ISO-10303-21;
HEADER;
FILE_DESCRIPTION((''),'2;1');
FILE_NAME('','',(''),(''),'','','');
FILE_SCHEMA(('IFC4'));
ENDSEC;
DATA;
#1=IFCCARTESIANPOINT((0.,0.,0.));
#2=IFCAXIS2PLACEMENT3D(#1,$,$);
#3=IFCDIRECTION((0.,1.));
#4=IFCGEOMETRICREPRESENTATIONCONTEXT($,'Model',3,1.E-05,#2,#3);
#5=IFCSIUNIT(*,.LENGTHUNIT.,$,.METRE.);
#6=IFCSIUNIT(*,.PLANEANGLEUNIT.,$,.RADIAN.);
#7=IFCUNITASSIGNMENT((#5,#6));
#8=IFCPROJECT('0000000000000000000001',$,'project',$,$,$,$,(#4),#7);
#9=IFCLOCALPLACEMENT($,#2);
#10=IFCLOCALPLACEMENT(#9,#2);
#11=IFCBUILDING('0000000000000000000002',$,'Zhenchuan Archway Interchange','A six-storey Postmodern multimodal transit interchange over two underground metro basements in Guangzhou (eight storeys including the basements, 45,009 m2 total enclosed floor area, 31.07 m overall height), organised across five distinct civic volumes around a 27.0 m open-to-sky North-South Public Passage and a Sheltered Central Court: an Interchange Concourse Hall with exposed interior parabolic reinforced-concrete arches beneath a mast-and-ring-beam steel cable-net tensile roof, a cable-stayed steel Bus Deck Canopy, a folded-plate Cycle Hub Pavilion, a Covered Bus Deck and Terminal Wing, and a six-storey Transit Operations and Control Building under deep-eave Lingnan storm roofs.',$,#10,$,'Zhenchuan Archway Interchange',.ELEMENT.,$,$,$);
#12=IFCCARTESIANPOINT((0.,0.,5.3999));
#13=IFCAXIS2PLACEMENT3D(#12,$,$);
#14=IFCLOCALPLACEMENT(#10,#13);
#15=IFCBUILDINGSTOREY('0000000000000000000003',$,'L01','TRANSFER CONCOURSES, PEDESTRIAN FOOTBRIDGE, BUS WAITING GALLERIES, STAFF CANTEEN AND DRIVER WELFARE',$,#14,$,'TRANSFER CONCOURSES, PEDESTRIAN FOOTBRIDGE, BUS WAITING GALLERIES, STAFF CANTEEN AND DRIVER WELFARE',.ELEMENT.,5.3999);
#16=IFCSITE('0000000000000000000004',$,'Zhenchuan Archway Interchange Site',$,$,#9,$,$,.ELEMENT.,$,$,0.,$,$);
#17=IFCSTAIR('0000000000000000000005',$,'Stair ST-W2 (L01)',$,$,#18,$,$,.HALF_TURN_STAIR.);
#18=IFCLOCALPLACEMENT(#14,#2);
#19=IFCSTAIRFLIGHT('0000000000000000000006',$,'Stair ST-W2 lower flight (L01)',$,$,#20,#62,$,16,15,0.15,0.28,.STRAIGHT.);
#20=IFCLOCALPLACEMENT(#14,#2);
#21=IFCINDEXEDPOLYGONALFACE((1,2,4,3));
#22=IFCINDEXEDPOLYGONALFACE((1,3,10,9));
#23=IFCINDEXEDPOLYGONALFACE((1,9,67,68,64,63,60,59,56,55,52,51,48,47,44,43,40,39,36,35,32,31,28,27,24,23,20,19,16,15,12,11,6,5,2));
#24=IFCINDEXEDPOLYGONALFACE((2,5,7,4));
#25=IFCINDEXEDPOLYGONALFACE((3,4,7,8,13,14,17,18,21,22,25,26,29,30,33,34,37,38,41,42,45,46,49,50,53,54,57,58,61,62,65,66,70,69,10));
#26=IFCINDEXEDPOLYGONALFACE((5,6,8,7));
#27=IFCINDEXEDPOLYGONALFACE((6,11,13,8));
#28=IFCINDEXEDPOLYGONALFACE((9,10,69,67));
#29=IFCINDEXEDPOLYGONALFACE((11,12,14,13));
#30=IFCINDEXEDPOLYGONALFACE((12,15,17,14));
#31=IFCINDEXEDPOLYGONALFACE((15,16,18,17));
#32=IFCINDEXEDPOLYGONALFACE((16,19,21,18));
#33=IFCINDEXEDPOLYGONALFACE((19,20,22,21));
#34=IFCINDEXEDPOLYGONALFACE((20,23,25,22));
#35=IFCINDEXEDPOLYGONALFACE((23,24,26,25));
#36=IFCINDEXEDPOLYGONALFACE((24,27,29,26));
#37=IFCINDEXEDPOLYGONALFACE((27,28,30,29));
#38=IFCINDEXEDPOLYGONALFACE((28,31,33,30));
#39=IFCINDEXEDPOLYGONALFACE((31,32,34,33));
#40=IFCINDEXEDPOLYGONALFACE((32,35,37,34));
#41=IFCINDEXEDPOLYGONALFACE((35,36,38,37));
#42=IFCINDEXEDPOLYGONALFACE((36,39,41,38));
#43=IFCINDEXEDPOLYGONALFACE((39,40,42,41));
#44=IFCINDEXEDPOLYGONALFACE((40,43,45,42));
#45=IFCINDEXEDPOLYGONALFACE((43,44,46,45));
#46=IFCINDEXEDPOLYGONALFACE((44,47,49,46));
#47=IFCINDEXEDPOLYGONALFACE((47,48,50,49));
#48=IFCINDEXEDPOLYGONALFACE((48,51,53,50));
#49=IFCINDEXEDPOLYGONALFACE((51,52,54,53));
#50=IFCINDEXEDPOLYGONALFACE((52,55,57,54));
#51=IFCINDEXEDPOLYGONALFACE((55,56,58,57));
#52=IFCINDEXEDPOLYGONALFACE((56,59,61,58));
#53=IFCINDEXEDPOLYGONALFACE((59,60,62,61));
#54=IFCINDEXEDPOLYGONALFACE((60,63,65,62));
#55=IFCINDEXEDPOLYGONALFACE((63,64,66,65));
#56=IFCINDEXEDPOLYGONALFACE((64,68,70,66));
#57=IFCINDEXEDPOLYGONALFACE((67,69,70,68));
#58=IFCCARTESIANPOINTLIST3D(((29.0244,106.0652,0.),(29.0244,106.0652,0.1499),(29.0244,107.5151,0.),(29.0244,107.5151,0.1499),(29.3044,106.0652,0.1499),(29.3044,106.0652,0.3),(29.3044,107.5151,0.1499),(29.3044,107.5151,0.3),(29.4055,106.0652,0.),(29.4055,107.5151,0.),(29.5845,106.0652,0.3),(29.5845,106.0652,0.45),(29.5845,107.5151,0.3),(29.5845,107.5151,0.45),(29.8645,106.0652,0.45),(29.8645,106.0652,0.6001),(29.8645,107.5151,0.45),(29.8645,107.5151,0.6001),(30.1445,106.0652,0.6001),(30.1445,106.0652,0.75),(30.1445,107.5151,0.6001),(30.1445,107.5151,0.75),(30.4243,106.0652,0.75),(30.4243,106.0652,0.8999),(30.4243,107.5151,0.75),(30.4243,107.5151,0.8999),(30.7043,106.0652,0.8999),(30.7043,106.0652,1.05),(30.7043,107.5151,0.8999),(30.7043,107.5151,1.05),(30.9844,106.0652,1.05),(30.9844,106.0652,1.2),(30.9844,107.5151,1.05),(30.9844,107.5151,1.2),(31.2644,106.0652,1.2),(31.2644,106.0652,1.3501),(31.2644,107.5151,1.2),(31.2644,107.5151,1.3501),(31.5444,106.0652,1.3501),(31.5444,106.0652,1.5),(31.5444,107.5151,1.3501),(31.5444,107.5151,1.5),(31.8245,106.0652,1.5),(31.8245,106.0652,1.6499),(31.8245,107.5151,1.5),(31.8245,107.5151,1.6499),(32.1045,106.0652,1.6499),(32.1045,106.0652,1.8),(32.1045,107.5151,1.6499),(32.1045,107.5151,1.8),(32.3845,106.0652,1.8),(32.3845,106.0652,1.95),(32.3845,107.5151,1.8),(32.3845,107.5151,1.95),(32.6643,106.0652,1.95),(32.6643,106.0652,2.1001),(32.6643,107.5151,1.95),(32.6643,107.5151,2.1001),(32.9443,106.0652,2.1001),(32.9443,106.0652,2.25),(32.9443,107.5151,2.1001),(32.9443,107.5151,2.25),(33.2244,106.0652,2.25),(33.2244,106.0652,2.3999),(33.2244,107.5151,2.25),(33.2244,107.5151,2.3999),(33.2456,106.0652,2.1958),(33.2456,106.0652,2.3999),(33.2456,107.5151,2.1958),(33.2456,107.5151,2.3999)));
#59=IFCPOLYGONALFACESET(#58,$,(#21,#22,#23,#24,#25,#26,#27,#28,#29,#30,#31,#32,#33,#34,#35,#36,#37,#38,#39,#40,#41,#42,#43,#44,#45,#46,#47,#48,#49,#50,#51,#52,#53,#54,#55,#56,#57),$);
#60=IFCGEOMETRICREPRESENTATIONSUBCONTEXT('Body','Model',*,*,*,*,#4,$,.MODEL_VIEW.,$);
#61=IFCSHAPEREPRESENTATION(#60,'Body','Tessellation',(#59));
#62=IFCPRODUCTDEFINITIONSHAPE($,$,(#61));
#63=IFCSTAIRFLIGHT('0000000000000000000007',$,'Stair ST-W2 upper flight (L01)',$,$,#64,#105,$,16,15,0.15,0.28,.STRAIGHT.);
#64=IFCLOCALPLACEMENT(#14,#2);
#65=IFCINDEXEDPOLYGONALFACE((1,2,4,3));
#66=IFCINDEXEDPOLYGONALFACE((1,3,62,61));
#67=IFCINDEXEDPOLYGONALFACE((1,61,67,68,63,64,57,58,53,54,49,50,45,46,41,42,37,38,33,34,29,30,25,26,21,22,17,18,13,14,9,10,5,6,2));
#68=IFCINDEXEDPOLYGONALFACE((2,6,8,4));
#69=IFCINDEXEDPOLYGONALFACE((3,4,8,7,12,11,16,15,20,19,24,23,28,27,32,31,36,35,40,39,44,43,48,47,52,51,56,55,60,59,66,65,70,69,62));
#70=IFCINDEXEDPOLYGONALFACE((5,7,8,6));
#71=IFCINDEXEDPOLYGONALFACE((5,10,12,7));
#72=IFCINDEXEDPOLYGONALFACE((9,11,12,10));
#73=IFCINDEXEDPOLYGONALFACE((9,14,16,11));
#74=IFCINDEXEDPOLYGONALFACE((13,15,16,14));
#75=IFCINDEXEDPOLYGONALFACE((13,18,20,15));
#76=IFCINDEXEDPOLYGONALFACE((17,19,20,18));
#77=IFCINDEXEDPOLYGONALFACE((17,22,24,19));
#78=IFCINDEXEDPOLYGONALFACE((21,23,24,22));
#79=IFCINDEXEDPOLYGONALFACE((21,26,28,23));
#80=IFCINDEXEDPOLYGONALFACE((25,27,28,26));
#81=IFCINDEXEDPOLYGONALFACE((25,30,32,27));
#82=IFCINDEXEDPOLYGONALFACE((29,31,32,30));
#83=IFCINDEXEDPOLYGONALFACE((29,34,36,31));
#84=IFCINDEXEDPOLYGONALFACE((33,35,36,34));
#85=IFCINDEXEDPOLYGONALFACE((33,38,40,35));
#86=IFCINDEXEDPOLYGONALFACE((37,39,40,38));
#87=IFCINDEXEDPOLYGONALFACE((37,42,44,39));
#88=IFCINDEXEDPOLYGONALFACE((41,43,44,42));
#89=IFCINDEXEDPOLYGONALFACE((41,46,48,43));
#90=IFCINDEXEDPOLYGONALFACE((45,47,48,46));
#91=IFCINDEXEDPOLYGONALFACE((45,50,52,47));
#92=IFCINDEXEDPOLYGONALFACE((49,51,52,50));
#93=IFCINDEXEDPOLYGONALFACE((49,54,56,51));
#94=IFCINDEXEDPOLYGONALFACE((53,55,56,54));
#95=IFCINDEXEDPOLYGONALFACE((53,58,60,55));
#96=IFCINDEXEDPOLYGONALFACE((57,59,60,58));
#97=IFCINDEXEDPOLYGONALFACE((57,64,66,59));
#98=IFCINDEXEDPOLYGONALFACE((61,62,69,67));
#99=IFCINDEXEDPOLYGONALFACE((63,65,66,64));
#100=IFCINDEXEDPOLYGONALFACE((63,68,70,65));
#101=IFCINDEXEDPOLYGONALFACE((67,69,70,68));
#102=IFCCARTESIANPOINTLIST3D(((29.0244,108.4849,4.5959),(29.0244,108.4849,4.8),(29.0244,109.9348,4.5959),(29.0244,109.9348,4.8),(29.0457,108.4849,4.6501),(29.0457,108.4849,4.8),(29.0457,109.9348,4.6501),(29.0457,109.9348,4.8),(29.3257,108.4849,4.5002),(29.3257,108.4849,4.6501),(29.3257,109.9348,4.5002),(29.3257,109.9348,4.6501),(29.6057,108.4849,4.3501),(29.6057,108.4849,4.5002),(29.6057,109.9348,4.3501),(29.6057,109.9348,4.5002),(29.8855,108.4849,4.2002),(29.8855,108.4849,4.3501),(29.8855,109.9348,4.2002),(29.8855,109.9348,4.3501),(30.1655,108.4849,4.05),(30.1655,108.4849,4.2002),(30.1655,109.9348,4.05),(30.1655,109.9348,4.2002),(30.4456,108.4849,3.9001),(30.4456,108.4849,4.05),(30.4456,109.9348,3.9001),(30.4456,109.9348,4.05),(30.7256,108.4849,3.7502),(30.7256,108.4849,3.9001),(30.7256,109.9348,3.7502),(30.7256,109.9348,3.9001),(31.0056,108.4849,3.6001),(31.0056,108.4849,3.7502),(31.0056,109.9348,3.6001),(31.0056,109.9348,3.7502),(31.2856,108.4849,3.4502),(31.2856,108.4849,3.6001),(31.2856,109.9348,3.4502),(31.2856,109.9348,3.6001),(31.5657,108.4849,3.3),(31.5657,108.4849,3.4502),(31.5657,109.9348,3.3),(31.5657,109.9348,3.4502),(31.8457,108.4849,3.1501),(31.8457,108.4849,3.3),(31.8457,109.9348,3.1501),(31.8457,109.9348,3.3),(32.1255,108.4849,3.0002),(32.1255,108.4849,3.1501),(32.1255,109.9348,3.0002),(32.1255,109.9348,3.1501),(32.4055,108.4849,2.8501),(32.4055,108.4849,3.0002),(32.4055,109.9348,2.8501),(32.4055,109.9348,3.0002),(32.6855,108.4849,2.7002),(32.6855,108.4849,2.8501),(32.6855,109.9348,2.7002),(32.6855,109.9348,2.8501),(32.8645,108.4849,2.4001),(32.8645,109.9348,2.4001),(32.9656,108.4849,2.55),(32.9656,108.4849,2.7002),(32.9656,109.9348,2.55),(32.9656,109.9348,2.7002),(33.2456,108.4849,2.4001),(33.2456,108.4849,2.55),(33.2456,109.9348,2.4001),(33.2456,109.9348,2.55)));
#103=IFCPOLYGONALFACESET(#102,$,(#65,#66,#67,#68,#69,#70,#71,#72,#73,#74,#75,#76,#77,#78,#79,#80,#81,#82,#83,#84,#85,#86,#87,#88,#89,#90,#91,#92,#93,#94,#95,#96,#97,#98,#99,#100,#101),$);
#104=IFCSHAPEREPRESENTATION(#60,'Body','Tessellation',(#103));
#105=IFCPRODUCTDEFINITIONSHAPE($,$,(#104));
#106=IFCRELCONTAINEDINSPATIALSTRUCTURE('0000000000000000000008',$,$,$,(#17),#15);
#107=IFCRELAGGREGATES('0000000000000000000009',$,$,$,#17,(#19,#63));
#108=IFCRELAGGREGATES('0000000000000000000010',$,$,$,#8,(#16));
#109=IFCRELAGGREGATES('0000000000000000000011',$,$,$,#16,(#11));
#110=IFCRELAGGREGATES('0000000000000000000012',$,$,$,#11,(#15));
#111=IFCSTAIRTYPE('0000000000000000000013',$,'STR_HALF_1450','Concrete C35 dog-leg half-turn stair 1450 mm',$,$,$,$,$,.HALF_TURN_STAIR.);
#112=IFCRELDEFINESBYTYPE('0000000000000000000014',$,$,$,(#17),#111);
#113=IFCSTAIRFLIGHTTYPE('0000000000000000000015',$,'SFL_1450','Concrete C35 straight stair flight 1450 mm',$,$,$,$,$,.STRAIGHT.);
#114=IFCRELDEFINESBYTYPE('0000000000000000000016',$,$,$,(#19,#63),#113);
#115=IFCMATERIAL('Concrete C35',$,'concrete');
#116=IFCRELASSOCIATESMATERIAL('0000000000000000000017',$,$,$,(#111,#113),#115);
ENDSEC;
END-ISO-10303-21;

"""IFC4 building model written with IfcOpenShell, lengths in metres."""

from ifc_helpers import new_model, si_unit, direction, frame, origin, place, context, subcontext, project, spatial, polyline, outline, extrude, material, type_object, element, aggregate, save


model = new_model("IFC4")

# Units and contexts
model_context = context("Model", 3, precision=1e-05, world=origin(), true_north=direction((0.0, 1.0)))
body_context = subcontext(model_context, "Body", "Model", "MODEL_VIEW")
ifc_project = project(units=[si_unit("LENGTHUNIT", "METRE"), si_unit("PLANEANGLEUNIT", "RADIAN")], contexts=[model_context])

# Site, building, storey
site_placement = place(None, origin())
site = spatial("IfcSite", under=ifc_project, at=site_placement, Name="Zhenchuan Archway Interchange Site", CompositionType="ELEMENT", RefElevation=0.0)
building_placement = place(site_placement, origin())
building = spatial("IfcBuilding", under=site, at=building_placement, Name="Zhenchuan Archway Interchange", Description="A six-storey Postmodern multimodal transit interchange over two underground metro basements in Guangzhou (eight storeys including the basements, 45,009 m2 total enclosed floor area, 31.07 m overall height), organised across five distinct civic volumes around a 27.0 m open-to-sky North-South Public Passage and a Sheltered Central Court: an Interchange Concourse Hall with exposed interior parabolic reinforced-concrete arches beneath a mast-and-ring-beam steel cable-net tensile roof, a cable-stayed steel Bus Deck Canopy, a folded-plate Cycle Hub Pavilion, a Covered Bus Deck and Terminal Wing, and a six-storey Transit Operations and Control Building under deep-eave Lingnan storm roofs.", LongName="Zhenchuan Archway Interchange", CompositionType="ELEMENT")
storey_placement = place(building_placement, frame((0.0, 0.0, 5.3999)))
storey = spatial("IfcBuildingStorey", under=building, at=storey_placement, Name="L01", Description="TRANSFER CONCOURSES, PEDESTRIAN FOOTBRIDGE, BUS WAITING GALLERIES, STAFF CANTEEN AND DRIVER WELFARE", LongName="TRANSFER CONCOURSES, PEDESTRIAN FOOTBRIDGE, BUS WAITING GALLERIES, STAFF CANTEEN AND DRIVER WELFARE", CompositionType="ELEMENT", Elevation=5.3999)

# Stair, stair flights
ifc_material_1 = material(Name="Concrete C35", Category="concrete")
stair_type = type_object("IfcStairType", Name="STR_HALF_1450", Description="Concrete C35 dog-leg half-turn stair 1450 mm", PredefinedType="HALF_TURN_STAIR", material=ifc_material_1)
stair_placement = place(storey_placement, origin())
stair = element("IfcStair", 1, at=stair_placement, inside=storey, type_object=stair_type, Name="Stair ST-W2 (L01)", PredefinedType="HALF_TURN_STAIR")
stair_flight_type = type_object("IfcStairFlightType", Name="SFL_1450", Description="Concrete C35 straight stair flight 1450 mm", PredefinedType="STRAIGHT", material=ifc_material_1)
stair_flight_1_placement = place(storey_placement, frame((29.0244, 106.79, 0.0), z_axis=(0.0, 0.0, 1.0), x_axis=(1.0, 0.0, 0.0)))
stair_flight_1 = element("IfcStairFlight", 2, at=stair_flight_1_placement, type_object=stair_flight_type, Name="Stair ST-W2 lower flight (L01)", NumberOfRisers=16, NumberOfTreads=15, PredefinedType="STRAIGHT", RiserHeight=0.15, TreadLength=0.28, context=body_context, shape_type="SweptSolid", body=[
    extrude(outline(polyline([(0.0, 0.0), (0.0, 0.1499), (0.28, 0.1499), (0.28, 0.3), (0.5601, 0.3), (0.5601, 0.45), (0.8401, 0.45), (0.8401, 0.6001), (1.1201, 0.6001), (1.1201, 0.75), (1.3999, 0.75), (1.3999, 0.8999), (1.6799, 0.8999), (1.6799, 1.05), (1.96, 1.05), (1.96, 1.2), (2.24, 1.2), (2.24, 1.3501), (2.52, 1.3501), (2.52, 1.5), (2.8, 1.5), (2.8, 1.6499), (3.0801, 1.6499), (3.0801, 1.8), (3.3601, 1.8), (3.3601, 1.95), (3.6399, 1.95), (3.6399, 2.1001), (3.9199, 2.1001), (3.9199, 2.25), (4.2, 2.25), (4.2, 2.3999), (4.2212, 2.3999), (4.2212, 2.1958), (0.3811, 0.0), (0.0, 0.0)])), frame((0.0, 0.7251, 0.0), z_axis=(0.0, -1.0, 0.0), x_axis=(1.0, 0.0, 0.0)), (0.0, 0.0, 1.0), 1.45),
])
stair_flight_2_placement = place(storey_placement, frame((33.2456, 109.21, 2.4001), z_axis=(0.0, 0.0, 1.0), x_axis=(-1.0, 0.0, 0.0)))
stair_flight_2 = element("IfcStairFlight", 3, at=stair_flight_2_placement, type_object=stair_flight_type, Name="Stair ST-W2 upper flight (L01)", NumberOfRisers=16, NumberOfTreads=15, PredefinedType="STRAIGHT", RiserHeight=0.15, TreadLength=0.28, context=body_context, shape_type="SweptSolid", body=[
    extrude(outline(polyline([(0.0, 0.0), (0.0, 0.1499), (0.28, 0.1499), (0.28, 0.3), (0.5601, 0.3), (0.5601, 0.45), (0.8401, 0.45), (0.8401, 0.6001), (1.1201, 0.6001), (1.1201, 0.75), (1.3999, 0.75), (1.3999, 0.8999), (1.6799, 0.8999), (1.6799, 1.05), (1.96, 1.05), (1.96, 1.2), (2.24, 1.2), (2.24, 1.3501), (2.52, 1.3501), (2.52, 1.5), (2.8, 1.5), (2.8, 1.6499), (3.0801, 1.6499), (3.0801, 1.8), (3.3601, 1.8), (3.3601, 1.95), (3.6399, 1.95), (3.6399, 2.1001), (3.9199, 2.1001), (3.9199, 2.25), (4.2, 2.25), (4.2, 2.3999), (4.2212, 2.3999), (4.2212, 2.1958), (0.3811, 0.0), (0.0, 0.0)])), frame((0.0, 0.7251, 0.0), z_axis=(0.0, -1.0, 0.0), x_axis=(1.0, 0.0, 0.0)), (0.0, 0.0, 1.0), 1.45),
])
aggregate(stair, [stair_flight_1, stair_flight_2])

save(model, "model.ifc")
